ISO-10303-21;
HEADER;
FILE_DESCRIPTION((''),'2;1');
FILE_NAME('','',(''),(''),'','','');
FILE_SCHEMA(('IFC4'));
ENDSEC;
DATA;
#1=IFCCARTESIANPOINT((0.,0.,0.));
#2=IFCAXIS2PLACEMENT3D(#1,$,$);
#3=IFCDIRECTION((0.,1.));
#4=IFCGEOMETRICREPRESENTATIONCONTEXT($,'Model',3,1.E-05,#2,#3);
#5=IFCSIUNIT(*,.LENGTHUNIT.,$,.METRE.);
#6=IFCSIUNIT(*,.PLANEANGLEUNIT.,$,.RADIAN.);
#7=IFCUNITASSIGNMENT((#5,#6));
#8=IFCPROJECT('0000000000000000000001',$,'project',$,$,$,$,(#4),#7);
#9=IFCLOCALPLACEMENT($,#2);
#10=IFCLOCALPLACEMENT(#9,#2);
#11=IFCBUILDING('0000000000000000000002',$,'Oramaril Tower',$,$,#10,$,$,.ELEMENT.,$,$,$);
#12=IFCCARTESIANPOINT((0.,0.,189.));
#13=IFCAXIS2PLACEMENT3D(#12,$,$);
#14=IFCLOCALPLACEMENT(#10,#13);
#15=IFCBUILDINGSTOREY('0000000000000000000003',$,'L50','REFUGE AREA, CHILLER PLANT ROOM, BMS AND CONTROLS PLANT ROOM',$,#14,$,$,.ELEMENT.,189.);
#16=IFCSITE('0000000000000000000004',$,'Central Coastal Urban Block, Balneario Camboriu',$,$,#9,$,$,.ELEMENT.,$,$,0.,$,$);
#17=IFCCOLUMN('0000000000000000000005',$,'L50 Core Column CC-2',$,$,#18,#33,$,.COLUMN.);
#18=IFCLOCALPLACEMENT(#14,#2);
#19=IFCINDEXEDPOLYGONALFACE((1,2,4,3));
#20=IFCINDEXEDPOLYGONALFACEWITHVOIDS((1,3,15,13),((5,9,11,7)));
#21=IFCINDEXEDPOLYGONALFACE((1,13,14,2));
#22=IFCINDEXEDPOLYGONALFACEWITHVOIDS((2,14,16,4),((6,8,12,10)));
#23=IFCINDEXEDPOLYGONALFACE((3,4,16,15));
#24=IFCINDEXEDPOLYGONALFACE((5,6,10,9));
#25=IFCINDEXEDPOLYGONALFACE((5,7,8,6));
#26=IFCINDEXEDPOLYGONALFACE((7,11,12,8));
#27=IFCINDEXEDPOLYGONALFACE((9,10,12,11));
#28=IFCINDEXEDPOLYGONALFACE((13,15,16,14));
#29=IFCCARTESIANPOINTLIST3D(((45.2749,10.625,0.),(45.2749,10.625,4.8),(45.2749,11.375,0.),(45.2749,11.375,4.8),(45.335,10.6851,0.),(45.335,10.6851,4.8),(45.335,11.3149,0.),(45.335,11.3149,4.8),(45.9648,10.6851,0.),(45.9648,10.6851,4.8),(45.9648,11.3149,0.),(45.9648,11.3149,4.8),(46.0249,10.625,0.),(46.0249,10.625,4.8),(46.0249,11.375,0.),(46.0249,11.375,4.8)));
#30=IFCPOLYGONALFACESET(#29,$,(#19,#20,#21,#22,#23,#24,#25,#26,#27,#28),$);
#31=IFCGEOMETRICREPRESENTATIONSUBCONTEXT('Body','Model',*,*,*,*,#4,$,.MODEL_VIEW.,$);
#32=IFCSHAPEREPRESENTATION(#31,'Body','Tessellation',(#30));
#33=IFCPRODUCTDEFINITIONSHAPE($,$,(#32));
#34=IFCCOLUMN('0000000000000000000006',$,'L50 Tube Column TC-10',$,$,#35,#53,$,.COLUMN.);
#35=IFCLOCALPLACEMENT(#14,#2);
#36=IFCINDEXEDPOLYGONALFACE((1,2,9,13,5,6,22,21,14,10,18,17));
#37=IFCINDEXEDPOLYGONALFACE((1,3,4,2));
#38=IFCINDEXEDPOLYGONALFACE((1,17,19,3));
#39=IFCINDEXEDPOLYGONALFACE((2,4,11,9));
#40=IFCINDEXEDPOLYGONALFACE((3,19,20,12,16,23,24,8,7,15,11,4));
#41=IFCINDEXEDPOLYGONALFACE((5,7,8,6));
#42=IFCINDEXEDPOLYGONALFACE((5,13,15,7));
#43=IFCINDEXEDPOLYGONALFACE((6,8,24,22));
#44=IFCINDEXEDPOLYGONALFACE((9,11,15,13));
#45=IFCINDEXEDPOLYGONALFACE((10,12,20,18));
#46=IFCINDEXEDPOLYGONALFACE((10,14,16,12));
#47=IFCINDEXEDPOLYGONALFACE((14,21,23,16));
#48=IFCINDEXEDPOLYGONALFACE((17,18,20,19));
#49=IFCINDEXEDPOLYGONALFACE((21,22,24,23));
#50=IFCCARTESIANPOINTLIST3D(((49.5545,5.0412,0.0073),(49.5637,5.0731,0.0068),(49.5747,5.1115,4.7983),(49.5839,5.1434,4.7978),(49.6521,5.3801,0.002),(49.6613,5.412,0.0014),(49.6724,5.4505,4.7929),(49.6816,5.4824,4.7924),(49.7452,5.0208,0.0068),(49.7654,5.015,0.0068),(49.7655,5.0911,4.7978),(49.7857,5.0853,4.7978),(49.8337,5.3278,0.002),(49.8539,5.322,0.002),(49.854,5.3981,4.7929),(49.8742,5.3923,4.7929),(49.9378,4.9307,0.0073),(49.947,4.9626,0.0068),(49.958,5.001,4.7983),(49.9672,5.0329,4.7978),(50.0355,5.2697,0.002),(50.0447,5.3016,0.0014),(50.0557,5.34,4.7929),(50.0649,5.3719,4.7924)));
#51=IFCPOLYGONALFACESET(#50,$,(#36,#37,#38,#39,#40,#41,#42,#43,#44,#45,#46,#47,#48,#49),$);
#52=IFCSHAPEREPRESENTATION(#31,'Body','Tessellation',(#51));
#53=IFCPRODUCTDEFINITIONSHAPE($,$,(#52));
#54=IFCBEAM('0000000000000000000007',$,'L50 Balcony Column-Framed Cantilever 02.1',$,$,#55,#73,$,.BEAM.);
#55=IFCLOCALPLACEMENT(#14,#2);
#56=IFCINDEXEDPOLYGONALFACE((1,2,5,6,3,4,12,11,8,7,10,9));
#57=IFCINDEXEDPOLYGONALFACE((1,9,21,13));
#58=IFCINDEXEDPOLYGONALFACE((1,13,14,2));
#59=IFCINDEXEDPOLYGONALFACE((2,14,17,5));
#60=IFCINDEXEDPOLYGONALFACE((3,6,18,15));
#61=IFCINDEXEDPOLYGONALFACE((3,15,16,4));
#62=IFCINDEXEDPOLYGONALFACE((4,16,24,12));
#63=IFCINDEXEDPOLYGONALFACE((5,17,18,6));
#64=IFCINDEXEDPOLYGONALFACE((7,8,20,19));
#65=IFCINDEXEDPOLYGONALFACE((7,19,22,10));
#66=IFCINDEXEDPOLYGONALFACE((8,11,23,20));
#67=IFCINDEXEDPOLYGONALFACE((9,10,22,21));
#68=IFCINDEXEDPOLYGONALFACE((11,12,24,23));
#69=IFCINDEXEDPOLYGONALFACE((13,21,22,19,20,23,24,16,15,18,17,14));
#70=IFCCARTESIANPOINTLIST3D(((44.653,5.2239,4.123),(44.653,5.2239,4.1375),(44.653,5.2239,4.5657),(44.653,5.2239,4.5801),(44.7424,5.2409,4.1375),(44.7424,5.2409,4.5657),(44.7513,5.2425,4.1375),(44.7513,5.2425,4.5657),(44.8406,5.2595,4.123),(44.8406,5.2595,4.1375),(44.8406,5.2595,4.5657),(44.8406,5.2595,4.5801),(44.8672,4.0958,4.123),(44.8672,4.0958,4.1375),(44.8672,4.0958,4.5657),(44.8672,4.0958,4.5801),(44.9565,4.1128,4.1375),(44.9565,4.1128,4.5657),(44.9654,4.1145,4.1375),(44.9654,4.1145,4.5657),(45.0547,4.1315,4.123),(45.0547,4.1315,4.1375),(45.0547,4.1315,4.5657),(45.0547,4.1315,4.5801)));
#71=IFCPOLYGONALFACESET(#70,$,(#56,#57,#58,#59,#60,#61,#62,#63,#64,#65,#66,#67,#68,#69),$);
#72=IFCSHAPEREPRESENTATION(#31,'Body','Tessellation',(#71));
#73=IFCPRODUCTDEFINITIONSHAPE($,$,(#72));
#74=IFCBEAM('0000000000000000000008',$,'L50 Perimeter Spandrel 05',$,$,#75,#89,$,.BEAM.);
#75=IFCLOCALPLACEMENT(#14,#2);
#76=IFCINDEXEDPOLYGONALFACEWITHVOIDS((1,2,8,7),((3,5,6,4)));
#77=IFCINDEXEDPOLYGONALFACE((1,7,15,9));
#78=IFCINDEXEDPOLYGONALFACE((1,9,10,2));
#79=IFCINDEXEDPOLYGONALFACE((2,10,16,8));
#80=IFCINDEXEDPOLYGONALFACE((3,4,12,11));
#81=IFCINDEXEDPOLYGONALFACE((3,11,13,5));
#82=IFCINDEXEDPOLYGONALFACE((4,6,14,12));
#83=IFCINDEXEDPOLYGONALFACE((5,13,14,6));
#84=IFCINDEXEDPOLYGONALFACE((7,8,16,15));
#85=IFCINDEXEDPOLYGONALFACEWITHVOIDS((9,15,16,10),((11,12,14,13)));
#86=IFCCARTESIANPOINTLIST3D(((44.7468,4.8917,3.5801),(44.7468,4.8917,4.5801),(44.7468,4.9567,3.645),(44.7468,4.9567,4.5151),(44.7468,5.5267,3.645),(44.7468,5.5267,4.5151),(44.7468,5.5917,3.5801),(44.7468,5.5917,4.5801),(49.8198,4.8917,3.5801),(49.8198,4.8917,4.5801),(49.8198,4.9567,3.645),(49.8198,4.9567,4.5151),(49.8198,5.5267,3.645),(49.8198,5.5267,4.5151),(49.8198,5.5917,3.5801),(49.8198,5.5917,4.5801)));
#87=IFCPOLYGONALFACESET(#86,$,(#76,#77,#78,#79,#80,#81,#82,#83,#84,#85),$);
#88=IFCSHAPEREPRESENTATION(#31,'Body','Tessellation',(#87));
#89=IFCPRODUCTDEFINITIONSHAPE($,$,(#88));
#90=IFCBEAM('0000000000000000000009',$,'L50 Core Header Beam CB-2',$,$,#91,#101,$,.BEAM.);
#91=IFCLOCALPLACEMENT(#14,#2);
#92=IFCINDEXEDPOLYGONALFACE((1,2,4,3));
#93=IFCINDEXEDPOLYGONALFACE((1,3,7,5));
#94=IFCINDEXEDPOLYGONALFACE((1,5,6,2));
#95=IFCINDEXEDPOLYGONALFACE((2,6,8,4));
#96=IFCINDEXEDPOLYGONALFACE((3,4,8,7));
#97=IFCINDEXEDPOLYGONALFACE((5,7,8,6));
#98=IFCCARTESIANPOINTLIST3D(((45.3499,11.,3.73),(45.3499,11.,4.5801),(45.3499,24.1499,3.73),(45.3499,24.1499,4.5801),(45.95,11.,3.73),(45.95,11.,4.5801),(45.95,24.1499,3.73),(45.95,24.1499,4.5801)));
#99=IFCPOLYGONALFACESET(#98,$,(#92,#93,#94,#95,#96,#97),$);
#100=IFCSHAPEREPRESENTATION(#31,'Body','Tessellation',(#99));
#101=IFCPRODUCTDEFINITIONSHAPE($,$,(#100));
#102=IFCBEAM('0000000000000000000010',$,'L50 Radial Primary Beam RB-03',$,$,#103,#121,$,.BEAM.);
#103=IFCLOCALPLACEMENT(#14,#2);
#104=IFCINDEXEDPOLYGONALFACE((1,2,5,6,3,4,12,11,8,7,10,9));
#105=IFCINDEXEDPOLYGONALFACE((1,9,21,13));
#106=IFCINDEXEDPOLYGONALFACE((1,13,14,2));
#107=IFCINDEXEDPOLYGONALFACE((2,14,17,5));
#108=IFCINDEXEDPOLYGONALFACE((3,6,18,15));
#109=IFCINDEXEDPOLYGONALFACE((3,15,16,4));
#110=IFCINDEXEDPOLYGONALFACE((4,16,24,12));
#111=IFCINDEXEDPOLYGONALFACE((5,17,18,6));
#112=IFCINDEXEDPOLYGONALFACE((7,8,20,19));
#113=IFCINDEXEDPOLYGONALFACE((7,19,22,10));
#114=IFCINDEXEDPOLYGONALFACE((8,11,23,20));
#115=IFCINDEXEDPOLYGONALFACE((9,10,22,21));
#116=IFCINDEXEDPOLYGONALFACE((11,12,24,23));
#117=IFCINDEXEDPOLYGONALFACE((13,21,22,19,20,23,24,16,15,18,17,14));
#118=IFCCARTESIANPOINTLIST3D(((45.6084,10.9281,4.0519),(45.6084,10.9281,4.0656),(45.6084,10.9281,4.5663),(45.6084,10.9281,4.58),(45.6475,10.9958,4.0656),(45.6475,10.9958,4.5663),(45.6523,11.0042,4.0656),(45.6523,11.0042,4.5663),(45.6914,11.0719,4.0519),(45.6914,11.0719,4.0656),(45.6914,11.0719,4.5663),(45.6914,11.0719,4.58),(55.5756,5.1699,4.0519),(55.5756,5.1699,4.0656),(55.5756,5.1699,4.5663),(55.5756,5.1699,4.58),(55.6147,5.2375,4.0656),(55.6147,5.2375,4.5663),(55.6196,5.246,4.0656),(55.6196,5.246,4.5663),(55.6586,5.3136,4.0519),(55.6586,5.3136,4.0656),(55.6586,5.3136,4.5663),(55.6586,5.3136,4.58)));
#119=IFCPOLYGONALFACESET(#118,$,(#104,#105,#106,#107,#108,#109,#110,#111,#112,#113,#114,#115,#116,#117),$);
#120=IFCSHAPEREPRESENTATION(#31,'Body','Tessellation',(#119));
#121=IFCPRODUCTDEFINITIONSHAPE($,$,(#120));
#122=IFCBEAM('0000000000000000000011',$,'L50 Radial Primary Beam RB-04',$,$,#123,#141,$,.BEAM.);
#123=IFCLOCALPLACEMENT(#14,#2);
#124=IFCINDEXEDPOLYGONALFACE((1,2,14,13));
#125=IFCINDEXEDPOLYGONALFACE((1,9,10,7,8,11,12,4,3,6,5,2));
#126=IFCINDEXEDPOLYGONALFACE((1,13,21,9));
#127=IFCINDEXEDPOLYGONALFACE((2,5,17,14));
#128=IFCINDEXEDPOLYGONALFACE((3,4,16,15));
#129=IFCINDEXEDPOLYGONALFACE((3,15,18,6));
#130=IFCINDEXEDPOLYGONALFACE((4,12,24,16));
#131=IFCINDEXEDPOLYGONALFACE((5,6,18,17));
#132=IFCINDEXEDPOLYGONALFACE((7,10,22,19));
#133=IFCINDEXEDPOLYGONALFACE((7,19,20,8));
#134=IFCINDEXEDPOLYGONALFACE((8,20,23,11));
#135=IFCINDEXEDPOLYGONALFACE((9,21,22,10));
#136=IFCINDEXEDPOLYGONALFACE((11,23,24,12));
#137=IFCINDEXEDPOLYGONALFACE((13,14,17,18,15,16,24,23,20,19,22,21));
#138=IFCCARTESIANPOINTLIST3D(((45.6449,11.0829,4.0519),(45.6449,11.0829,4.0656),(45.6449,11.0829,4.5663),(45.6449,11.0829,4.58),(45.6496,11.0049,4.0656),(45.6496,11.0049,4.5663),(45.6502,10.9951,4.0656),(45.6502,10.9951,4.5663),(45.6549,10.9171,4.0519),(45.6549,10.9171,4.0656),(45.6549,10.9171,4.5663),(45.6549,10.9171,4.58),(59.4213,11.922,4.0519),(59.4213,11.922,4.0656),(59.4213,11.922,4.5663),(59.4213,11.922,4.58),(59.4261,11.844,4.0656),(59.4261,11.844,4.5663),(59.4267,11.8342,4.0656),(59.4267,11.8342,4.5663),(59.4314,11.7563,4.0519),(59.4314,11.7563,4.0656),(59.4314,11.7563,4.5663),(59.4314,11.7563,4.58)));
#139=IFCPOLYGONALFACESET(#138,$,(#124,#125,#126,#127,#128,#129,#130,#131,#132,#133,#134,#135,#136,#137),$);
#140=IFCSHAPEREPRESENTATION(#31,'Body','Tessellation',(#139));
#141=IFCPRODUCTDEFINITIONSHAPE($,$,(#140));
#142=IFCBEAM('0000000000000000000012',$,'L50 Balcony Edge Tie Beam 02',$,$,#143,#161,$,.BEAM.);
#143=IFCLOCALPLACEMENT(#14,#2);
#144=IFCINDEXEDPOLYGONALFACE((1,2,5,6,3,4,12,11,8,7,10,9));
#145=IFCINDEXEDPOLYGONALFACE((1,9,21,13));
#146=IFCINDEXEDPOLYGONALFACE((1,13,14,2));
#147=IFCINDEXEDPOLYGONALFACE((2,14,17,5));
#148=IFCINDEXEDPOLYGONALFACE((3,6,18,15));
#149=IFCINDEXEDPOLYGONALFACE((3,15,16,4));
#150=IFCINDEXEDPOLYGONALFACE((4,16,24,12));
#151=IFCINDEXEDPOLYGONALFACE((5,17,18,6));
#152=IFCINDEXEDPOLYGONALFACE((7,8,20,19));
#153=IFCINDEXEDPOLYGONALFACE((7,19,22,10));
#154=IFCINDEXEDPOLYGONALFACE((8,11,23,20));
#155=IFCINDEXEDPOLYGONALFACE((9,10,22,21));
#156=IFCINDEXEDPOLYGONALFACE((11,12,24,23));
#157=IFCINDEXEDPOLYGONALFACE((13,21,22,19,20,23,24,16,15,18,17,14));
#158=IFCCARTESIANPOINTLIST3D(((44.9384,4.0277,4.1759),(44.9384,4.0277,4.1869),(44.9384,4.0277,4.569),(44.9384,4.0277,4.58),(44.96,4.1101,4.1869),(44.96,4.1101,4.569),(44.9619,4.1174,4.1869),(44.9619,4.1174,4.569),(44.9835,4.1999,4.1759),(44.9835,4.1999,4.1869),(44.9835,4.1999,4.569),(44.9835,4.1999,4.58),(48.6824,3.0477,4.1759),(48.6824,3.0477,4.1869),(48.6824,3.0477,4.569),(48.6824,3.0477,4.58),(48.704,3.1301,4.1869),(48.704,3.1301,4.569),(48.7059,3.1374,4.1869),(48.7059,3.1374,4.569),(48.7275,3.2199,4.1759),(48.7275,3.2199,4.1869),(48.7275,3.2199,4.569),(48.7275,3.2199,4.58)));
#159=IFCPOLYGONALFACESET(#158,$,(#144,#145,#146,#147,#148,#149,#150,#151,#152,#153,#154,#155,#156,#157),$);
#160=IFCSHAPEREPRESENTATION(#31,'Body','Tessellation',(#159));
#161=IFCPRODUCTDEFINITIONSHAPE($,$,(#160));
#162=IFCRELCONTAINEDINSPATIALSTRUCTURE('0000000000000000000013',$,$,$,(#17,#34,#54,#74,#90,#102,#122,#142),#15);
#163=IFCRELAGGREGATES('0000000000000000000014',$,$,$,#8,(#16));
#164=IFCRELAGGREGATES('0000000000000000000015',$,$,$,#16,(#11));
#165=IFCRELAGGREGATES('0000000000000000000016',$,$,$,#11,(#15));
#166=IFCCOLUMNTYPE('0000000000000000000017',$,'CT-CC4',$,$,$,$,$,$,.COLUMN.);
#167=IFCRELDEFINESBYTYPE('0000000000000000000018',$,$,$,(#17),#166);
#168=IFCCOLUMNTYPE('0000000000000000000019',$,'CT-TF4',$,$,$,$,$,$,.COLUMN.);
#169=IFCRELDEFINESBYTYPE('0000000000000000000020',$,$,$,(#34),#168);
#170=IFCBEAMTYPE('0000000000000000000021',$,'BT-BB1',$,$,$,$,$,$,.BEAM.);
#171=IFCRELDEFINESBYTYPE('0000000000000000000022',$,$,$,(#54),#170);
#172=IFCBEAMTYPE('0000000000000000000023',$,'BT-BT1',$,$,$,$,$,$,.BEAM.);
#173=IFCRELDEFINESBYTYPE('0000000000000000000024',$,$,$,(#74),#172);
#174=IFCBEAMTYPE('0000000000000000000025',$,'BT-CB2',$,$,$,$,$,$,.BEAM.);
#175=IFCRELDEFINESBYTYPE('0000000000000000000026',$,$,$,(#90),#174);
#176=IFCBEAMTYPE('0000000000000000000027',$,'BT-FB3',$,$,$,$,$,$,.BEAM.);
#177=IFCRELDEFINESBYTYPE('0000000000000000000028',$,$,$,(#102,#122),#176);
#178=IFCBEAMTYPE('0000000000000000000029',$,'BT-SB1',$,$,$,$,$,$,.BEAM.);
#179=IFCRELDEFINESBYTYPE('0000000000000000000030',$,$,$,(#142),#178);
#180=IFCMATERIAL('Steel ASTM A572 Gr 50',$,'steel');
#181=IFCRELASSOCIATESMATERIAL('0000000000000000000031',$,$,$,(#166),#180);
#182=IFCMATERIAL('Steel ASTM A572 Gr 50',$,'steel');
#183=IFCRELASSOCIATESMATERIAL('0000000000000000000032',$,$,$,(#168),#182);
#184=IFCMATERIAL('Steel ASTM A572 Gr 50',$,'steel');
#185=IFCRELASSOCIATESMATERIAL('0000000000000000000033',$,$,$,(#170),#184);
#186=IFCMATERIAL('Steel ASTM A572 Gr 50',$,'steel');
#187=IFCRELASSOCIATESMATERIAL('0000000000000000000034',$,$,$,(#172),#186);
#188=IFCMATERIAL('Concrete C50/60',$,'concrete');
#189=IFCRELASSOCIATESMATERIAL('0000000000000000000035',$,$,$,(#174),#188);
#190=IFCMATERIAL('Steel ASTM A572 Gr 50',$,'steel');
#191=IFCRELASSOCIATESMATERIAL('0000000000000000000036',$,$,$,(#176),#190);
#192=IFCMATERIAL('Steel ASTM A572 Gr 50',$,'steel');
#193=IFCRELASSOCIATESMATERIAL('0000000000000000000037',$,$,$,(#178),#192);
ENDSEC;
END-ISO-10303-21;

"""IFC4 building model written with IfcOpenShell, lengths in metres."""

from ifc_helpers import new_model, si_unit, direction, frame, origin, origin_2d, place, context, subcontext, project, spatial, rectangle, hollow_rectangle, i_section, extrude, material, material_profile, profile_set, type_object, element, save


model = new_model("IFC4")

# Units and contexts
model_context = context("Model", 3, precision=1e-05, world=origin(), true_north=direction((0.0, 1.0)))
body_context = subcontext(model_context, "Body", "Model", "MODEL_VIEW")
ifc_project = project(units=[si_unit("LENGTHUNIT", "METRE"), si_unit("PLANEANGLEUNIT", "RADIAN")], contexts=[model_context])

# Site, building, storey
site_placement = place(None, origin())
site = spatial("IfcSite", under=ifc_project, at=site_placement, Name="Central Coastal Urban Block, Balneario Camboriu", CompositionType="ELEMENT", RefElevation=0.0)
building_placement = place(site_placement, origin())
building = spatial("IfcBuilding", under=site, at=building_placement, Name="Oramaril Tower", CompositionType="ELEMENT")
storey_placement = place(building_placement, frame((0.0, 0.0, 189.0)))
storey = spatial("IfcBuildingStorey", under=building, at=storey_placement, Name="L50", Description="REFUGE AREA, CHILLER PLANT ROOM, BMS AND CONTROLS PLANT ROOM", CompositionType="ELEMENT", Elevation=189.0)

# Columns
ifc_material_1 = material(Name="Steel ASTM A572 Gr 50", Category="steel")
ifc_material_profile_1 = material_profile(ifc_material_1, hollow_rectangle(XDim=0.75, YDim=0.75, WallThickness=0.0601, at=origin_2d()), Name="BOX750X750X60")
ifc_profile_set_1 = profile_set([ifc_material_profile_1], Name="Steel ASTM A572 Gr 50")
column_type_1 = type_object("IfcColumnType", Name="CT-CC4", PredefinedType="COLUMN", material=ifc_profile_set_1)
column_1_placement = place(storey_placement, frame((45.6499, 11.0, 0.0), z_axis=(0.0, 0.0, 1.0), x_axis=(1.0, 0.0, 0.0)))
element("IfcColumn", 1, at=column_1_placement, inside=storey, type_object=column_type_1, Name="L50 Core Column CC-2", PredefinedType="COLUMN", context=body_context, shape_type="SweptSolid", body=[
    extrude(hollow_rectangle(XDim=0.75, YDim=0.75, WallThickness=0.0601, at=origin_2d()), origin(), (0.0, 0.0, 1.0), 4.8),
])
ifc_material_2 = material(Name="Steel ASTM A572 Gr 50", Category="steel")
ifc_material_profile_2 = material_profile(ifc_material_2, i_section(OverallWidth=0.3989, OverallDepth=0.386, WebThickness=0.021, FlangeThickness=0.0332, at=origin_2d()), Name="W14X176")
ifc_profile_set_2 = profile_set([ifc_material_profile_2], Name="Steel ASTM A572 Gr 50")
column_type_2 = type_object("IfcColumnType", Name="CT-TF4", PredefinedType="COLUMN", material=ifc_profile_set_2)
column_2_placement = place(storey_placement, frame((49.7996, 5.1714, 0.0044), z_axis=(0.004229, 0.014674, 0.999883), x_axis=(-0.960892, 0.276924, 0.0)))
element("IfcColumn", 2, at=column_2_placement, inside=storey, type_object=column_type_2, Name="L50 Tube Column TC-10", PredefinedType="COLUMN", context=body_context, shape_type="SweptSolid", body=[
    extrude(i_section(OverallWidth=0.3989, OverallDepth=0.386, WebThickness=0.021, FlangeThickness=0.0332, at=origin_2d()), origin(), (0.0, 0.0, 1.0), 4.7915),
])

# Beams
ifc_material_3 = material(Name="Steel ASTM A572 Gr 50", Category="steel")
ifc_material_profile_3 = material_profile(ifc_material_3, i_section(OverallWidth=0.1909, OverallDepth=0.457, WebThickness=0.009, FlangeThickness=0.0144, at=origin_2d()), Name="W18X50")
ifc_profile_set_3 = profile_set([ifc_material_profile_3], Name="Steel ASTM A572 Gr 50")
beam_type_1 = type_object("IfcBeamType", Name="BT-BB1", PredefinedType="BEAM", material=ifc_profile_set_3)
beam_1_placement = place(storey_placement, frame((44.7468, 5.2417, 4.3516), z_axis=(0.186496, -0.982456, 0.0), x_axis=(0.982456, 0.186496, 0.0)))
element("IfcBeam", 3, at=beam_1_placement, inside=storey, type_object=beam_type_1, Name="L50 Balcony Column-Framed Cantilever 02.1", PredefinedType="BEAM", context=body_context, shape_type="SweptSolid", body=[
    extrude(i_section(OverallWidth=0.1909, OverallDepth=0.457, WebThickness=0.009, FlangeThickness=0.0144, at=origin_2d()), origin(), (0.0, 0.0, 1.0), 1.1482),
])
ifc_material_4 = material(Name="Steel ASTM A572 Gr 50", Category="steel")
ifc_material_profile_4 = material_profile(ifc_material_4, hollow_rectangle(XDim=0.7, YDim=1.0, WallThickness=0.0649, at=origin_2d()), Name="BOX1000X700X65")
ifc_profile_set_4 = profile_set([ifc_material_profile_4], Name="Steel ASTM A572 Gr 50")
beam_type_2 = type_object("IfcBeamType", Name="BT-BT1", PredefinedType="BEAM", material=ifc_profile_set_4)
beam_2_placement = place(storey_placement, frame((44.7468, 5.2417, 4.0801), z_axis=(1.0, 0.0, 0.0), x_axis=(0.0, 1.0, 0.0)))
element("IfcBeam", 4, at=beam_2_placement, inside=storey, type_object=beam_type_2, Name="L50 Perimeter Spandrel 05", PredefinedType="BEAM", context=body_context, shape_type="SweptSolid", body=[
    extrude(hollow_rectangle(XDim=0.7, YDim=1.0, WallThickness=0.0649, at=origin_2d()), origin(), (0.0, 0.0, 1.0), 5.073),
])
ifc_material_5 = material(Name="Concrete C50/60", Category="concrete")
ifc_material_profile_5 = material_profile(ifc_material_5, rectangle(XDim=0.6001, YDim=0.8501, at=origin_2d()), Name="CB600X850")
ifc_profile_set_5 = profile_set([ifc_material_profile_5], Name="Concrete C50/60")
beam_type_3 = type_object("IfcBeamType", Name="BT-CB2", PredefinedType="BEAM", material=ifc_profile_set_5)
beam_3_placement = place(storey_placement, frame((45.6499, 11.0, 4.155), z_axis=(0.0, 1.0, 0.0), x_axis=(-1.0, 0.0, 0.0)))
element("IfcBeam", 5, at=beam_3_placement, inside=storey, type_object=beam_type_3, Name="L50 Core Header Beam CB-2", PredefinedType="BEAM", context=body_context, shape_type="SweptSolid", body=[
    extrude(rectangle(XDim=0.6001, YDim=0.8501, at=origin_2d()), origin(), (0.0, 0.0, 1.0), 13.1499),
])
ifc_material_6 = material(Name="Steel ASTM A572 Gr 50", Category="steel")
ifc_material_profile_6 = material_profile(ifc_material_6, i_section(OverallWidth=0.166, OverallDepth=0.5281, WebThickness=0.0098, FlangeThickness=0.0137, at=origin_2d()), Name="W21X50")
ifc_profile_set_6 = profile_set([ifc_material_profile_6], Name="Steel ASTM A572 Gr 50")
beam_type_4 = type_object("IfcBeamType", Name="BT-FB3", PredefinedType="BEAM", material=ifc_profile_set_6)
beam_4_placement = place(storey_placement, frame((45.6499, 11.0, 4.3159), z_axis=(0.865887, -0.50024, 0.0), x_axis=(0.50024, 0.865887, 0.0)))
element("IfcBeam", 6, at=beam_4_placement, inside=storey, type_object=beam_type_4, Name="L50 Radial Primary Beam RB-03", PredefinedType="BEAM", context=body_context, shape_type="SweptSolid", body=[
    extrude(i_section(OverallWidth=0.166, OverallDepth=0.5281, WebThickness=0.0098, FlangeThickness=0.0137, at=origin_2d()), origin(), (0.0, 0.0, 1.0), 11.511),
])
beam_5_placement = place(storey_placement, frame((45.6499, 11.0, 4.3159), z_axis=(0.99815, 0.060797, 0.0), x_axis=(-0.060797, 0.99815, 0.0)))
element("IfcBeam", 7, at=beam_5_placement, inside=storey, type_object=beam_type_4, Name="L50 Radial Primary Beam RB-04", PredefinedType="BEAM", context=body_context, shape_type="SweptSolid", body=[
    extrude(i_section(OverallWidth=0.166, OverallDepth=0.5281, WebThickness=0.0098, FlangeThickness=0.0137, at=origin_2d()), origin(), (0.0, 0.0, 1.0), 13.802),
])
ifc_material_7 = material(Name="Steel ASTM A572 Gr 50", Category="steel")
ifc_material_profile_7 = material_profile(ifc_material_7, i_section(OverallWidth=0.178, OverallDepth=0.4041, WebThickness=0.0076, FlangeThickness=0.011, at=origin_2d()), Name="W16X36")
ifc_profile_set_7 = profile_set([ifc_material_profile_7], Name="Steel ASTM A572 Gr 50")
beam_type_5 = type_object("IfcBeamType", Name="BT-SB1", PredefinedType="BEAM", material=ifc_profile_set_7)
beam_6_placement = place(storey_placement, frame((44.9609, 4.1138, 4.3779), z_axis=(0.967408, -0.253223, 0.0), x_axis=(0.253223, 0.967408, 0.0)))
element("IfcBeam", 8, at=beam_6_placement, inside=storey, type_object=beam_type_5, Name="L50 Balcony Edge Tie Beam 02", PredefinedType="BEAM", context=body_context, shape_type="SweptSolid", body=[
    extrude(i_section(OverallWidth=0.178, OverallDepth=0.4041, WebThickness=0.0076, FlangeThickness=0.011, at=origin_2d()), origin(), (0.0, 0.0, 1.0), 3.8701),
])

save(model, "model.ifc")
